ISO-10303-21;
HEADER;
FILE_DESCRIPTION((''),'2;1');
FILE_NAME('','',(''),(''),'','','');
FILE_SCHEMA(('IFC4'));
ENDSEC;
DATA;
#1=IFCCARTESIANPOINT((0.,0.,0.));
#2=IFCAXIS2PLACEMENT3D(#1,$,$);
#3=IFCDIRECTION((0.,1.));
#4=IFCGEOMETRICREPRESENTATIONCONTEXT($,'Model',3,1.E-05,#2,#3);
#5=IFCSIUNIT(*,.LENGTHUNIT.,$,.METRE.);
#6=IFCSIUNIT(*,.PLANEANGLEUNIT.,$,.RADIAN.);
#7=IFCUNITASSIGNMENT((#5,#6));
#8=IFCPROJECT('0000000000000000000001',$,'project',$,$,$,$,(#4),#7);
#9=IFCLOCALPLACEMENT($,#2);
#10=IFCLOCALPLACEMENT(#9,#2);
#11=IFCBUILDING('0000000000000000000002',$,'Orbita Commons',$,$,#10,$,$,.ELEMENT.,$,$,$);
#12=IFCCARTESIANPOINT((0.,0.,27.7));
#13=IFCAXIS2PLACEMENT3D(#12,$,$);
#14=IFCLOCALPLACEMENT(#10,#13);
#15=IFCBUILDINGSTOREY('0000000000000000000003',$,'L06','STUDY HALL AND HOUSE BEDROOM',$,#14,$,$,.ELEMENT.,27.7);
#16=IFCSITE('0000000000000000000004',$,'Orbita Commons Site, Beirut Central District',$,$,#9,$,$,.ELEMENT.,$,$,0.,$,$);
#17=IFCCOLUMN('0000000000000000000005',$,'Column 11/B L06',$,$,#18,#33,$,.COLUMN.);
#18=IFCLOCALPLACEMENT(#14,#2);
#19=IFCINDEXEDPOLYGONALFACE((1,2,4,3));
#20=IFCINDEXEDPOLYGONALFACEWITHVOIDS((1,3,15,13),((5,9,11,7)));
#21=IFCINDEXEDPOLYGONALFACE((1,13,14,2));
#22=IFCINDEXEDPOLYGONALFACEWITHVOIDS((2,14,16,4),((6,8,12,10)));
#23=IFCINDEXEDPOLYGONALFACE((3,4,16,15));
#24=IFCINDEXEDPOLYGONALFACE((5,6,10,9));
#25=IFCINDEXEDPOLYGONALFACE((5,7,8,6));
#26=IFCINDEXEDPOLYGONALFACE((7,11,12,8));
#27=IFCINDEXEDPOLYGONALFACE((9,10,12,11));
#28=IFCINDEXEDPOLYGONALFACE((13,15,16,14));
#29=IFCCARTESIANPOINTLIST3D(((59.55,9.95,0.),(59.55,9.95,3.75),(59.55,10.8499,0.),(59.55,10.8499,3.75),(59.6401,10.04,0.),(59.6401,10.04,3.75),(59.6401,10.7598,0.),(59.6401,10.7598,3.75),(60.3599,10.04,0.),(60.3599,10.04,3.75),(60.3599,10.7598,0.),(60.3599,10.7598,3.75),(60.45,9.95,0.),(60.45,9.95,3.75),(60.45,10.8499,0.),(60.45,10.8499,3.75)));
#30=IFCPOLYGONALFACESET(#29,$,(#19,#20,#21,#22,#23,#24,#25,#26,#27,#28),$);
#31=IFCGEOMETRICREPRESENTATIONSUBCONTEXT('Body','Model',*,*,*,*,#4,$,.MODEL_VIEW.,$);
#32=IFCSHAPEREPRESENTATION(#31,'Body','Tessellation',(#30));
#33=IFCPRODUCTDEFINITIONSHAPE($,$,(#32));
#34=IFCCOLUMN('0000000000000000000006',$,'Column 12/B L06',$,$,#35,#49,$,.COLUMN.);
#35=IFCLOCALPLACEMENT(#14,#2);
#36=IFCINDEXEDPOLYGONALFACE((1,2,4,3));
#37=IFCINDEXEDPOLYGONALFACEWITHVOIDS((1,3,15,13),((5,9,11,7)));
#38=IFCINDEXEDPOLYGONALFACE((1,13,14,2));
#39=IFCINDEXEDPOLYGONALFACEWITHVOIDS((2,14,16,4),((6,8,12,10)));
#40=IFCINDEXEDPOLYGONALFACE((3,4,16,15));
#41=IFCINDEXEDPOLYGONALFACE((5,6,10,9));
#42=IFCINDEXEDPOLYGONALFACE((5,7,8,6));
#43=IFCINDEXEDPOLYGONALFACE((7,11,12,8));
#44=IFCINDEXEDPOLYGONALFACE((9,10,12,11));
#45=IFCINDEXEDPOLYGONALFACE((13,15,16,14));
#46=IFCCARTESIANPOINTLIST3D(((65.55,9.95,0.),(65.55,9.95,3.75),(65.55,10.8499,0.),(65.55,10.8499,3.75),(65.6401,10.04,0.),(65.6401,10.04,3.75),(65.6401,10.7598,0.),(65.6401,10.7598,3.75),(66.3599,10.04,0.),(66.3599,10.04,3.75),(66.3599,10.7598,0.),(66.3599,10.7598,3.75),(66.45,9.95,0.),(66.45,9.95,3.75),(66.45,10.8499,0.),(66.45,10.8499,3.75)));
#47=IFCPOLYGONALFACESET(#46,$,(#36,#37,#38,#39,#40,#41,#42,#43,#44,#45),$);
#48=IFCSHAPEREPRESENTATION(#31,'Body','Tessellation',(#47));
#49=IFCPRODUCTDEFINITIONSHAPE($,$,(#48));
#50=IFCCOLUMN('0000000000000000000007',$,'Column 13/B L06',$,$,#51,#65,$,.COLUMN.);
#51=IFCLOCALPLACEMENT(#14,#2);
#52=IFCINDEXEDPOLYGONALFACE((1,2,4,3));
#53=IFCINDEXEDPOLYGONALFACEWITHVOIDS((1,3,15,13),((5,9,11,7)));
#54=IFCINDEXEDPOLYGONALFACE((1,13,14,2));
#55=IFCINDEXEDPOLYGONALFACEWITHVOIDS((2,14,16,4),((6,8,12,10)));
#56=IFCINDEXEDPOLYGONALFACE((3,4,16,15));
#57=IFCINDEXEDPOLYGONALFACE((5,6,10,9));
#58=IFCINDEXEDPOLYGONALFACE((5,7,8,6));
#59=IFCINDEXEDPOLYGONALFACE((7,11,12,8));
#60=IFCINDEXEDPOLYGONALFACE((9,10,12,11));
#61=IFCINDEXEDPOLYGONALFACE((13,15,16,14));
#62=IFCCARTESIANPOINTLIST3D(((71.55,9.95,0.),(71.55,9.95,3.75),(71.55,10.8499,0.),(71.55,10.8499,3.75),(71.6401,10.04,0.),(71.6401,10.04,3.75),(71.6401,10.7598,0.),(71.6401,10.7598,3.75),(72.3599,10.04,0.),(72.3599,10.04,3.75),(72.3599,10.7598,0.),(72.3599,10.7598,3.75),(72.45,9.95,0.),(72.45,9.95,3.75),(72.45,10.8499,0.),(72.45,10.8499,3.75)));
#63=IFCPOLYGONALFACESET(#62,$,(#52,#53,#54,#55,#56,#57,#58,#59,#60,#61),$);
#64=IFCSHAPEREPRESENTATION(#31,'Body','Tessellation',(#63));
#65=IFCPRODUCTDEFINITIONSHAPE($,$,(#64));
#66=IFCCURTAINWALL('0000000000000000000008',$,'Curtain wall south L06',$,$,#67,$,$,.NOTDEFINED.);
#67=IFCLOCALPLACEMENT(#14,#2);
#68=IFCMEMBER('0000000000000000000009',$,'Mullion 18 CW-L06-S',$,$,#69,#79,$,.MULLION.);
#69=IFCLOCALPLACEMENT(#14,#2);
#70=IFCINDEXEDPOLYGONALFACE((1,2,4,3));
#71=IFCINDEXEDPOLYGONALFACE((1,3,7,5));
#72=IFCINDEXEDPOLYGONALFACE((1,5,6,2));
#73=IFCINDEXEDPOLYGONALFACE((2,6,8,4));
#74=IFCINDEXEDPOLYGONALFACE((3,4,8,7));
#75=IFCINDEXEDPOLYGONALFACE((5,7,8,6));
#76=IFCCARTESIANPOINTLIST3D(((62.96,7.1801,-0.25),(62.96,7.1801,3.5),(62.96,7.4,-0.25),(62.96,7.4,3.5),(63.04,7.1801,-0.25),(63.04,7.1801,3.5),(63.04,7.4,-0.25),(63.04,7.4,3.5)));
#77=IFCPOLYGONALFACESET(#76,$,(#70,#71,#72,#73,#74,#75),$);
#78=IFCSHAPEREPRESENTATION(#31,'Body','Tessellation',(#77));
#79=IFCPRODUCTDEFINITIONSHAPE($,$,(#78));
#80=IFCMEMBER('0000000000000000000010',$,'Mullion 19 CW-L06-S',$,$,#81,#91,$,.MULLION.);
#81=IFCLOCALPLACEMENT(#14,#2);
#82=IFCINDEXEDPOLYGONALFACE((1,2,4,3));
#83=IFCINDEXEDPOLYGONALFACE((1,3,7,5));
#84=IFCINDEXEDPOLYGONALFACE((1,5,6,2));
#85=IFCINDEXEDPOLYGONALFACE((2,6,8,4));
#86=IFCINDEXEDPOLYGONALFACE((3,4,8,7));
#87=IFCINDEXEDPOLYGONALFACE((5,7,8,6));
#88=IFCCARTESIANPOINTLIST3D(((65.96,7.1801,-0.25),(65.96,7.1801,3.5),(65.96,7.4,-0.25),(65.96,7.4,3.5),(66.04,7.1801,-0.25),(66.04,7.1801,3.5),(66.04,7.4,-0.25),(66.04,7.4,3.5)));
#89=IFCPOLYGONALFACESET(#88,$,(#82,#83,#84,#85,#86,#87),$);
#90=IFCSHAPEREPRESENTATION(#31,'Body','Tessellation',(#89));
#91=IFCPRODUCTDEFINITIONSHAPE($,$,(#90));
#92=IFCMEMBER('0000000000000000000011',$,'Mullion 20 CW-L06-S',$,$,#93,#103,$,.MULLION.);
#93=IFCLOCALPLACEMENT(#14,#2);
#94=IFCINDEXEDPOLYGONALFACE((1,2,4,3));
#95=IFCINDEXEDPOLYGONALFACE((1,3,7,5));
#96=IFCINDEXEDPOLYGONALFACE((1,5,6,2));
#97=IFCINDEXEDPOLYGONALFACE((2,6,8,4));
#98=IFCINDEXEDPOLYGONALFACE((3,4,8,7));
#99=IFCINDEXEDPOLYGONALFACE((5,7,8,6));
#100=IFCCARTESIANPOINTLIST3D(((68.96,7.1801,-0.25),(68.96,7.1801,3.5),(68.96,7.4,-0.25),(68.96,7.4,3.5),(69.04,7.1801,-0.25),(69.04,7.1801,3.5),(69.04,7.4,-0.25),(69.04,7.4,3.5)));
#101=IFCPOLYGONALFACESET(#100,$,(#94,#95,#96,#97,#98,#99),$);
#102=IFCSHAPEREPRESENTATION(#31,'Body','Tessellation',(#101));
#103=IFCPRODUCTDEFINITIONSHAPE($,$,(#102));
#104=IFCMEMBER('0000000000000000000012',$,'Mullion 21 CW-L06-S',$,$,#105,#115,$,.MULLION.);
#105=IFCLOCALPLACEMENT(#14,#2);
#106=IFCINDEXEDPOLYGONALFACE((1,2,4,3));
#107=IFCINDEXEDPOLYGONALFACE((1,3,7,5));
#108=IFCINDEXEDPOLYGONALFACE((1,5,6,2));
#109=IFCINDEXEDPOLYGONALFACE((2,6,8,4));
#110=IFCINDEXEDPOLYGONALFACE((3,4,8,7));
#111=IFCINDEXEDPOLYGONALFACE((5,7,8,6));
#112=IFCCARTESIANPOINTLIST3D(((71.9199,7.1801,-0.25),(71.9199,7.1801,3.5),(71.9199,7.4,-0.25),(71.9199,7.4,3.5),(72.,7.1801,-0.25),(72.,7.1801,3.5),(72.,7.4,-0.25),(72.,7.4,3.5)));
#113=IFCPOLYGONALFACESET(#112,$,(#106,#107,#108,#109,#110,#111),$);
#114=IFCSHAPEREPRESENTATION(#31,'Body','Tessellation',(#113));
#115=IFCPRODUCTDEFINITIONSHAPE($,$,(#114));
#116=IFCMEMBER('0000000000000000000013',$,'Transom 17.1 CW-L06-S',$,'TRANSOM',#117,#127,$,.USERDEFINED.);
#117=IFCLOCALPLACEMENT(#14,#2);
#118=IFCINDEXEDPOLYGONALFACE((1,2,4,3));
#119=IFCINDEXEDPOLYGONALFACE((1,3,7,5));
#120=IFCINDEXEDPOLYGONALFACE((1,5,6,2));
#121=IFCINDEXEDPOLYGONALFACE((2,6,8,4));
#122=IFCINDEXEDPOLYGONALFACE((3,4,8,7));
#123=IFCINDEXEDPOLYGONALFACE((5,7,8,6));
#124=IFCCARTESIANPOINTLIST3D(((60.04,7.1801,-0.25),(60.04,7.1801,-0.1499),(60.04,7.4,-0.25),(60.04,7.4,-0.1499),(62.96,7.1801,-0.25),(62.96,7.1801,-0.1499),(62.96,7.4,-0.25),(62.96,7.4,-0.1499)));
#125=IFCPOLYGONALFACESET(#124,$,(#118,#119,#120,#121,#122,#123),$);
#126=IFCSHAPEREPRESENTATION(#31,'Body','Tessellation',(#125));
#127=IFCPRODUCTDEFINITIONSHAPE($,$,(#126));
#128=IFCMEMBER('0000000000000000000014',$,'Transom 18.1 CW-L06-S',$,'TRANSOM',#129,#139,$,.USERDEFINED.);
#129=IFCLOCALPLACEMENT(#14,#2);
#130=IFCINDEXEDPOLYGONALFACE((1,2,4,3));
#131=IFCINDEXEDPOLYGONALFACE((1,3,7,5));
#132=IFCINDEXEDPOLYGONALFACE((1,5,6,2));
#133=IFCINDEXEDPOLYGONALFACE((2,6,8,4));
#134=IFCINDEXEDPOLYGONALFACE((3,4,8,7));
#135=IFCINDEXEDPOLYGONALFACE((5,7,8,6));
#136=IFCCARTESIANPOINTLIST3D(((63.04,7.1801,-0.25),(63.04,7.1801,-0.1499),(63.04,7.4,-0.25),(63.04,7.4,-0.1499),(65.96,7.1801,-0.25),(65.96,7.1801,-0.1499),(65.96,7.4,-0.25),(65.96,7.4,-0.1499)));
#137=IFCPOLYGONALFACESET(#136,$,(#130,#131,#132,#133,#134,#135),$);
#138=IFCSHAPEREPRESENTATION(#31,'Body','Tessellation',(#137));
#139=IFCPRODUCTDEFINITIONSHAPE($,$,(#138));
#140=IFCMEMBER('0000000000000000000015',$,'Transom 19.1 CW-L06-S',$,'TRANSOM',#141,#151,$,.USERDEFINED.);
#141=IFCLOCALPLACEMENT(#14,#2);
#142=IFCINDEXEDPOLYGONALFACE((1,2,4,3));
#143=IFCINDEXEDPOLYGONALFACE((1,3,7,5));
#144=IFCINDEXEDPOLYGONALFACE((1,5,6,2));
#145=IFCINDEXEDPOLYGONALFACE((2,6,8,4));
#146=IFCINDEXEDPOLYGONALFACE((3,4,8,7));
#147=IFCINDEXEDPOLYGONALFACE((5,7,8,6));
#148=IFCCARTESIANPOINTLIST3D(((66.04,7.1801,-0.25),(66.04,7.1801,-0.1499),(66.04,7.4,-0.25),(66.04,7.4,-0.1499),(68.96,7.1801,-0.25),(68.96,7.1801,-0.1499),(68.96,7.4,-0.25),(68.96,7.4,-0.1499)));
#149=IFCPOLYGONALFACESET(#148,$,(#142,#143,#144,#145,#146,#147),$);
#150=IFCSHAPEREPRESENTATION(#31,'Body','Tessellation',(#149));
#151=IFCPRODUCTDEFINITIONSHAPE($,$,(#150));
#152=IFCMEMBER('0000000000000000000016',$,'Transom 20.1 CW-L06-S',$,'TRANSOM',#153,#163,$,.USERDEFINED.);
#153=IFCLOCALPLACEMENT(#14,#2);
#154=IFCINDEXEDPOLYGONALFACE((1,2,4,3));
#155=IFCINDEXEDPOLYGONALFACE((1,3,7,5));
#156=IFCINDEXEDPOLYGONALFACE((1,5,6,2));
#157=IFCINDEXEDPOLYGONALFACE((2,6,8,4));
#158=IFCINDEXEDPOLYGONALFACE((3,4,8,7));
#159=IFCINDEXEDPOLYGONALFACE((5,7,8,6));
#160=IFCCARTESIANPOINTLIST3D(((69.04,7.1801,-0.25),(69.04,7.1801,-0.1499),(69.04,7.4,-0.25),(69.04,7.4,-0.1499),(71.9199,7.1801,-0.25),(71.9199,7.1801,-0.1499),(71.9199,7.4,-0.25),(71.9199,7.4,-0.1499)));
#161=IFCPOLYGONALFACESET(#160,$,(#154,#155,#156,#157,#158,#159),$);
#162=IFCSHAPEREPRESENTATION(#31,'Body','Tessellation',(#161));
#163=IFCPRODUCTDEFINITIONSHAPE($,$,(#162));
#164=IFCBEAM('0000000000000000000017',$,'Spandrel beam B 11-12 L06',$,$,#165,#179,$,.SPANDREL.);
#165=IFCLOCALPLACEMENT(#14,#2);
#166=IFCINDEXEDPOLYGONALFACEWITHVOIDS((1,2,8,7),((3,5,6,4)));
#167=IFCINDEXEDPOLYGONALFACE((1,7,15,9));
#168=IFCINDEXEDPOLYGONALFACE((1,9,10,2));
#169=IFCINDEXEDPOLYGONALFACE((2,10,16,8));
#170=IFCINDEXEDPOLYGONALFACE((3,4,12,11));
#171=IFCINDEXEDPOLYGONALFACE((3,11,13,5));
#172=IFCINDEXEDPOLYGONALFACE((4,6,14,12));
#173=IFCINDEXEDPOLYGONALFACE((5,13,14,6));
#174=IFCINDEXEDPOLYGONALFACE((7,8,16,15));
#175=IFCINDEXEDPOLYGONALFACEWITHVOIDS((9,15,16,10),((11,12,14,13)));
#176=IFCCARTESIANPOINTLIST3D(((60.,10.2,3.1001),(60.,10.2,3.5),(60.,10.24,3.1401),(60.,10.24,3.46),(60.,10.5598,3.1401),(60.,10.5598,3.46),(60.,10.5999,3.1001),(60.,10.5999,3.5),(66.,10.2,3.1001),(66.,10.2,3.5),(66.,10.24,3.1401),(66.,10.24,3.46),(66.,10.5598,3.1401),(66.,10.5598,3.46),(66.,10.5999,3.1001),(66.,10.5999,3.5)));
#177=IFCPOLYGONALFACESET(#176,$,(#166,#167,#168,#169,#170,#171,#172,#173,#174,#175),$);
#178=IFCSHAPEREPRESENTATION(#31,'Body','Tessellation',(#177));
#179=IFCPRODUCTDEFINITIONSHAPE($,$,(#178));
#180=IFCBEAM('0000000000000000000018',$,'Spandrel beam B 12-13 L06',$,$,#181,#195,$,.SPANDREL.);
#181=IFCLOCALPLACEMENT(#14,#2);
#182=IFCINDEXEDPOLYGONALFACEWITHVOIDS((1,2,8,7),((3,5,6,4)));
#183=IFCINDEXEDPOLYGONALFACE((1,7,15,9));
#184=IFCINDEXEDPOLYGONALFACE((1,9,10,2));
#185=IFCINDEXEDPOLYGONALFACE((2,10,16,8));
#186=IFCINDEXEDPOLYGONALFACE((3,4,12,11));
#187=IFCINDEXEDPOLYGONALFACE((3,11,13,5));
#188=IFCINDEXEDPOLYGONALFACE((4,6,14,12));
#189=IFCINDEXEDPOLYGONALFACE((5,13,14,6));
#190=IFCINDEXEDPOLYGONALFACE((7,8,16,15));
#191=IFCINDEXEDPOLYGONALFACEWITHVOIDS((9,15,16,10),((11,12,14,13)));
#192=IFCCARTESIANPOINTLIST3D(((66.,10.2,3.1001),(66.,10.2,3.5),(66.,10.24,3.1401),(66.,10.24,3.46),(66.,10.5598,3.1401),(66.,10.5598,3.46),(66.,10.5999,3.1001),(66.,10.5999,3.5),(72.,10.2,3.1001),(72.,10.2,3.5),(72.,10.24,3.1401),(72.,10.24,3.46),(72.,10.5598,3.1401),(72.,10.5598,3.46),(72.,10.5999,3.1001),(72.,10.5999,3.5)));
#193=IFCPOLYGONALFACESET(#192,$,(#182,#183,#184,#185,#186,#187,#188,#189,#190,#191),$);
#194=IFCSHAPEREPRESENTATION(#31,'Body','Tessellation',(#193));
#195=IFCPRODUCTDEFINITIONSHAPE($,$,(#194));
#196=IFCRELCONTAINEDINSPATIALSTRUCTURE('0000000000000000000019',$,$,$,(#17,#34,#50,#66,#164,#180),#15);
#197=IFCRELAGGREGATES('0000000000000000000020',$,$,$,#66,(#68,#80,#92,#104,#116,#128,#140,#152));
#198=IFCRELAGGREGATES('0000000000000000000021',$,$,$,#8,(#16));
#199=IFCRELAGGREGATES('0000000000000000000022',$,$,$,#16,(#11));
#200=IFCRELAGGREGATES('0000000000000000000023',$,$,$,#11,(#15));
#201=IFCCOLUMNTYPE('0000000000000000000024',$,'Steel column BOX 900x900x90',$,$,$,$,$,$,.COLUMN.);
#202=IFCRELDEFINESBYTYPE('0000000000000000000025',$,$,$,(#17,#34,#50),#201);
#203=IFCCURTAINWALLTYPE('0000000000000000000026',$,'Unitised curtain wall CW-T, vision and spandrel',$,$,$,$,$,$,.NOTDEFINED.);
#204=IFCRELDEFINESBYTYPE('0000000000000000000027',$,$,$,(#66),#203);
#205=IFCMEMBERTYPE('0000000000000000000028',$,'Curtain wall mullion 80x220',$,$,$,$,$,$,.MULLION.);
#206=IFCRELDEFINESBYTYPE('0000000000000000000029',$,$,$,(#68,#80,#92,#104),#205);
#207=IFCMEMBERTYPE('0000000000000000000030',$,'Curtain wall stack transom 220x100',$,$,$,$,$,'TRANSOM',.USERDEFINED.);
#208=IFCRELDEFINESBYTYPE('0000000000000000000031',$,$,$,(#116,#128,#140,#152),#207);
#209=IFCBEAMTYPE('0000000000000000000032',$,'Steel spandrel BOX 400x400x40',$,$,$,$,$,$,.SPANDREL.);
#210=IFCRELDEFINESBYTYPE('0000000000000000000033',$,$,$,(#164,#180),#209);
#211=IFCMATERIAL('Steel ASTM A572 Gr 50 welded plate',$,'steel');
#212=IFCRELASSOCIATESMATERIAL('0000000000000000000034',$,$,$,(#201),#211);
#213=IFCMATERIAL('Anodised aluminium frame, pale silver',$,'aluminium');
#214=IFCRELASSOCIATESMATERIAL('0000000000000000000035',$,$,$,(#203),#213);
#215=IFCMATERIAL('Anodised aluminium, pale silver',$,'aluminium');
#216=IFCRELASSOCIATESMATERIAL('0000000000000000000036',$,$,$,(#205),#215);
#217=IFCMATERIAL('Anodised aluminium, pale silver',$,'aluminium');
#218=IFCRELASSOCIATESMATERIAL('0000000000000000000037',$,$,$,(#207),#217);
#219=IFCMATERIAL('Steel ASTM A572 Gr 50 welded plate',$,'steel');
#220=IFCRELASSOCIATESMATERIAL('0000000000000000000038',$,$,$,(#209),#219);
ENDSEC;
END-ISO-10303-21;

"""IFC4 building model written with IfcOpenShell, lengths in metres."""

from ifc_helpers import new_model, si_unit, direction, frame, origin, origin_2d, place, context, subcontext, project, spatial, rectangle, hollow_rectangle, extrude, material, material_profile, profile_set, type_object, element, aggregate, save


model = new_model("IFC4")

# Units and contexts
model_context = context("Model", 3, precision=1e-05, world=origin(), true_north=direction((0.0, 1.0)))
body_context = subcontext(model_context, "Body", "Model", "MODEL_VIEW")
ifc_project = project(units=[si_unit("LENGTHUNIT", "METRE"), si_unit("PLANEANGLEUNIT", "RADIAN")], contexts=[model_context])

# Site, building, storey
site_placement = place(None, origin())
site = spatial("IfcSite", under=ifc_project, at=site_placement, Name="Orbita Commons Site, Beirut Central District", CompositionType="ELEMENT", RefElevation=0.0)
building_placement = place(site_placement, origin())
building = spatial("IfcBuilding", under=site, at=building_placement, Name="Orbita Commons", CompositionType="ELEMENT")
storey_placement = place(building_placement, frame((0.0, 0.0, 27.7)))
storey = spatial("IfcBuildingStorey", under=building, at=storey_placement, Name="L06", Description="STUDY HALL AND HOUSE BEDROOM", CompositionType="ELEMENT", Elevation=27.7)

# Columns
ifc_material_1 = material(Name="Steel ASTM A572 Gr 50 welded plate", Category="steel")
ifc_material_profile_1 = material_profile(ifc_material_1, hollow_rectangle(XDim=0.8999, YDim=0.8999, WallThickness=0.0901, at=origin_2d()), Name="BOX 900x900x90")
ifc_profile_set_1 = profile_set([ifc_material_profile_1], Name="Steel ASTM A572 Gr 50 welded plate")
column_type = type_object("IfcColumnType", Name="Steel column BOX 900x900x90", PredefinedType="COLUMN", material=ifc_profile_set_1)
for number, where, z_axis, x_axis, name in (
    (1, (60.0, 10.3999, 0.0), (0.0, 0.0, 1.0), (1.0, 0.0, 0.0), "Column 11/B L06"),
    (2, (66.0, 10.3999, 0.0), (0.0, 0.0, 1.0), (1.0, 0.0, 0.0), "Column 12/B L06"),
    (3, (72.0, 10.3999, 0.0), (0.0, 0.0, 1.0), (1.0, 0.0, 0.0), "Column 13/B L06"),
):
    element("IfcColumn", number, at=place(storey_placement, frame(where, z_axis=z_axis, x_axis=x_axis)), inside=storey, type_object=column_type, Name=name, PredefinedType="COLUMN", context=body_context, shape_type="SweptSolid", body=[
        extrude(hollow_rectangle(XDim=0.8999, YDim=0.8999, WallThickness=0.0901, at=origin_2d()), origin(), (0.0, 0.0, 1.0), 3.75),
    ])

# Curtain wall, members
ifc_material_2 = material(Name="Anodised aluminium frame, pale silver", Category="aluminium")
curtain_wall_type = type_object("IfcCurtainWallType", Name="Unitised curtain wall CW-T, vision and spandrel", PredefinedType="NOTDEFINED", material=ifc_material_2)
curtain_wall_placement = place(storey_placement, origin())
curtain_wall = element("IfcCurtainWall", 4, at=curtain_wall_placement, inside=storey, type_object=curtain_wall_type, Name="Curtain wall south L06", PredefinedType="NOTDEFINED")
ifc_material_3 = material(Name="Anodised aluminium, pale silver", Category="aluminium")
ifc_material_profile_2 = material_profile(ifc_material_3, rectangle(XDim=0.0801, YDim=0.22, at=origin_2d()), Name="AL 80x220")
ifc_profile_set_2 = profile_set([ifc_material_profile_2], Name="Anodised aluminium, pale silver")
member_type_1 = type_object("IfcMemberType", Name="Curtain wall mullion 80x220", PredefinedType="MULLION", material=ifc_profile_set_2)
member_1_placement = place(storey_placement, frame((63.0, 7.29, -0.25), z_axis=(0.0, 0.0, 1.0), x_axis=(1.0, 0.0, 0.0)))
member_1 = element("IfcMember", 5, at=member_1_placement, type_object=member_type_1, Name="Mullion 18 CW-L06-S", PredefinedType="MULLION", context=body_context, shape_type="SweptSolid", body=[
    extrude(rectangle(XDim=0.0801, YDim=0.22, at=origin_2d()), origin(), (0.0, 0.0, 1.0), 3.75),
])
member_2_placement = place(storey_placement, frame((66.0, 7.29, -0.25), z_axis=(0.0, 0.0, 1.0), x_axis=(1.0, 0.0, 0.0)))
member_2 = element("IfcMember", 6, at=member_2_placement, type_object=member_type_1, Name="Mullion 19 CW-L06-S", PredefinedType="MULLION", context=body_context, shape_type="SweptSolid", body=[
    extrude(rectangle(XDim=0.0801, YDim=0.22, at=origin_2d()), origin(), (0.0, 0.0, 1.0), 3.75),
])
member_3_placement = place(storey_placement, frame((69.0, 7.29, -0.25), z_axis=(0.0, 0.0, 1.0), x_axis=(1.0, 0.0, 0.0)))
member_3 = element("IfcMember", 7, at=member_3_placement, type_object=member_type_1, Name="Mullion 20 CW-L06-S", PredefinedType="MULLION", context=body_context, shape_type="SweptSolid", body=[
    extrude(rectangle(XDim=0.0801, YDim=0.22, at=origin_2d()), origin(), (0.0, 0.0, 1.0), 3.75),
])
member_4_placement = place(storey_placement, frame((71.96, 7.29, -0.25), z_axis=(0.0, 0.0, 1.0), x_axis=(1.0, 0.0, 0.0)))
member_4 = element("IfcMember", 8, at=member_4_placement, type_object=member_type_1, Name="Mullion 21 CW-L06-S", PredefinedType="MULLION", context=body_context, shape_type="SweptSolid", body=[
    extrude(rectangle(XDim=0.0801, YDim=0.22, at=origin_2d()), origin(), (0.0, 0.0, 1.0), 3.75),
])
ifc_material_4 = material(Name="Anodised aluminium, pale silver", Category="aluminium")
ifc_material_profile_3 = material_profile(ifc_material_4, rectangle(XDim=0.22, YDim=0.1001, at=origin_2d()), Name="AL 220x100")
ifc_profile_set_3 = profile_set([ifc_material_profile_3], Name="Anodised aluminium, pale silver")
member_type_2 = type_object("IfcMemberType", Name="Curtain wall stack transom 220x100", ElementType="TRANSOM", PredefinedType="USERDEFINED", material=ifc_profile_set_3)
member_5_placement = place(storey_placement, frame((60.04, 7.29, -0.2), z_axis=(1.0, 0.0, 0.0), x_axis=(0.0, 1.0, 0.0)))
member_5 = element("IfcMember", 9, at=member_5_placement, type_object=member_type_2, Name="Transom 17.1 CW-L06-S", ObjectType="TRANSOM", PredefinedType="USERDEFINED", context=body_context, shape_type="SweptSolid", body=[
    extrude(rectangle(XDim=0.22, YDim=0.1001, at=origin_2d()), origin(), (0.0, 0.0, 1.0), 2.9199),
])
member_6_placement = place(storey_placement, frame((63.04, 7.29, -0.2), z_axis=(1.0, 0.0, 0.0), x_axis=(0.0, 1.0, 0.0)))
member_6 = element("IfcMember", 10, at=member_6_placement, type_object=member_type_2, Name="Transom 18.1 CW-L06-S", ObjectType="TRANSOM", PredefinedType="USERDEFINED", context=body_context, shape_type="SweptSolid", body=[
    extrude(rectangle(XDim=0.22, YDim=0.1001, at=origin_2d()), origin(), (0.0, 0.0, 1.0), 2.9199),
])
member_7_placement = place(storey_placement, frame((66.04, 7.29, -0.2), z_axis=(1.0, 0.0, 0.0), x_axis=(0.0, 1.0, 0.0)))
member_7 = element("IfcMember", 11, at=member_7_placement, type_object=member_type_2, Name="Transom 19.1 CW-L06-S", ObjectType="TRANSOM", PredefinedType="USERDEFINED", context=body_context, shape_type="SweptSolid", body=[
    extrude(rectangle(XDim=0.22, YDim=0.1001, at=origin_2d()), origin(), (0.0, 0.0, 1.0), 2.9199),
])
member_8_placement = place(storey_placement, frame((69.04, 7.29, -0.2), z_axis=(1.0, 0.0, 0.0), x_axis=(0.0, 1.0, 0.0)))
member_8 = element("IfcMember", 12, at=member_8_placement, type_object=member_type_2, Name="Transom 20.1 CW-L06-S", ObjectType="TRANSOM", PredefinedType="USERDEFINED", context=body_context, shape_type="SweptSolid", body=[
    extrude(rectangle(XDim=0.22, YDim=0.1001, at=origin_2d()), origin(), (0.0, 0.0, 1.0), 2.8799),
])

# Beams
ifc_material_5 = material(Name="Steel ASTM A572 Gr 50 welded plate", Category="steel")
ifc_material_profile_4 = material_profile(ifc_material_5, hollow_rectangle(XDim=0.3999, YDim=0.3999, WallThickness=0.04, at=origin_2d()), Name="BOX 400x400x40")
ifc_profile_set_4 = profile_set([ifc_material_profile_4], Name="Steel ASTM A572 Gr 50 welded plate")
beam_type = type_object("IfcBeamType", Name="Steel spandrel BOX 400x400x40", PredefinedType="SPANDREL", material=ifc_profile_set_4)
for number, where, z_axis, x_axis, name in (
    (13, (60.0, 10.3999, 3.3), (1.0, 0.0, 0.0), (0.0, 1.0, 0.0), "Spandrel beam B 11-12 L06"),
    (14, (66.0, 10.3999, 3.3), (1.0, 0.0, 0.0), (0.0, 1.0, 0.0), "Spandrel beam B 12-13 L06"),
):
    element("IfcBeam", number, at=place(storey_placement, frame(where, z_axis=z_axis, x_axis=x_axis)), inside=storey, type_object=beam_type, Name=name, PredefinedType="SPANDREL", context=body_context, shape_type="SweptSolid", body=[
        extrude(hollow_rectangle(XDim=0.3999, YDim=0.3999, WallThickness=0.04, at=origin_2d()), origin(), (0.0, 0.0, 1.0), 6.0),
    ])

aggregate(curtain_wall, [member_1, member_2, member_3, member_4, member_5, member_6, member_7, member_8])

save(model, "model.ifc")
